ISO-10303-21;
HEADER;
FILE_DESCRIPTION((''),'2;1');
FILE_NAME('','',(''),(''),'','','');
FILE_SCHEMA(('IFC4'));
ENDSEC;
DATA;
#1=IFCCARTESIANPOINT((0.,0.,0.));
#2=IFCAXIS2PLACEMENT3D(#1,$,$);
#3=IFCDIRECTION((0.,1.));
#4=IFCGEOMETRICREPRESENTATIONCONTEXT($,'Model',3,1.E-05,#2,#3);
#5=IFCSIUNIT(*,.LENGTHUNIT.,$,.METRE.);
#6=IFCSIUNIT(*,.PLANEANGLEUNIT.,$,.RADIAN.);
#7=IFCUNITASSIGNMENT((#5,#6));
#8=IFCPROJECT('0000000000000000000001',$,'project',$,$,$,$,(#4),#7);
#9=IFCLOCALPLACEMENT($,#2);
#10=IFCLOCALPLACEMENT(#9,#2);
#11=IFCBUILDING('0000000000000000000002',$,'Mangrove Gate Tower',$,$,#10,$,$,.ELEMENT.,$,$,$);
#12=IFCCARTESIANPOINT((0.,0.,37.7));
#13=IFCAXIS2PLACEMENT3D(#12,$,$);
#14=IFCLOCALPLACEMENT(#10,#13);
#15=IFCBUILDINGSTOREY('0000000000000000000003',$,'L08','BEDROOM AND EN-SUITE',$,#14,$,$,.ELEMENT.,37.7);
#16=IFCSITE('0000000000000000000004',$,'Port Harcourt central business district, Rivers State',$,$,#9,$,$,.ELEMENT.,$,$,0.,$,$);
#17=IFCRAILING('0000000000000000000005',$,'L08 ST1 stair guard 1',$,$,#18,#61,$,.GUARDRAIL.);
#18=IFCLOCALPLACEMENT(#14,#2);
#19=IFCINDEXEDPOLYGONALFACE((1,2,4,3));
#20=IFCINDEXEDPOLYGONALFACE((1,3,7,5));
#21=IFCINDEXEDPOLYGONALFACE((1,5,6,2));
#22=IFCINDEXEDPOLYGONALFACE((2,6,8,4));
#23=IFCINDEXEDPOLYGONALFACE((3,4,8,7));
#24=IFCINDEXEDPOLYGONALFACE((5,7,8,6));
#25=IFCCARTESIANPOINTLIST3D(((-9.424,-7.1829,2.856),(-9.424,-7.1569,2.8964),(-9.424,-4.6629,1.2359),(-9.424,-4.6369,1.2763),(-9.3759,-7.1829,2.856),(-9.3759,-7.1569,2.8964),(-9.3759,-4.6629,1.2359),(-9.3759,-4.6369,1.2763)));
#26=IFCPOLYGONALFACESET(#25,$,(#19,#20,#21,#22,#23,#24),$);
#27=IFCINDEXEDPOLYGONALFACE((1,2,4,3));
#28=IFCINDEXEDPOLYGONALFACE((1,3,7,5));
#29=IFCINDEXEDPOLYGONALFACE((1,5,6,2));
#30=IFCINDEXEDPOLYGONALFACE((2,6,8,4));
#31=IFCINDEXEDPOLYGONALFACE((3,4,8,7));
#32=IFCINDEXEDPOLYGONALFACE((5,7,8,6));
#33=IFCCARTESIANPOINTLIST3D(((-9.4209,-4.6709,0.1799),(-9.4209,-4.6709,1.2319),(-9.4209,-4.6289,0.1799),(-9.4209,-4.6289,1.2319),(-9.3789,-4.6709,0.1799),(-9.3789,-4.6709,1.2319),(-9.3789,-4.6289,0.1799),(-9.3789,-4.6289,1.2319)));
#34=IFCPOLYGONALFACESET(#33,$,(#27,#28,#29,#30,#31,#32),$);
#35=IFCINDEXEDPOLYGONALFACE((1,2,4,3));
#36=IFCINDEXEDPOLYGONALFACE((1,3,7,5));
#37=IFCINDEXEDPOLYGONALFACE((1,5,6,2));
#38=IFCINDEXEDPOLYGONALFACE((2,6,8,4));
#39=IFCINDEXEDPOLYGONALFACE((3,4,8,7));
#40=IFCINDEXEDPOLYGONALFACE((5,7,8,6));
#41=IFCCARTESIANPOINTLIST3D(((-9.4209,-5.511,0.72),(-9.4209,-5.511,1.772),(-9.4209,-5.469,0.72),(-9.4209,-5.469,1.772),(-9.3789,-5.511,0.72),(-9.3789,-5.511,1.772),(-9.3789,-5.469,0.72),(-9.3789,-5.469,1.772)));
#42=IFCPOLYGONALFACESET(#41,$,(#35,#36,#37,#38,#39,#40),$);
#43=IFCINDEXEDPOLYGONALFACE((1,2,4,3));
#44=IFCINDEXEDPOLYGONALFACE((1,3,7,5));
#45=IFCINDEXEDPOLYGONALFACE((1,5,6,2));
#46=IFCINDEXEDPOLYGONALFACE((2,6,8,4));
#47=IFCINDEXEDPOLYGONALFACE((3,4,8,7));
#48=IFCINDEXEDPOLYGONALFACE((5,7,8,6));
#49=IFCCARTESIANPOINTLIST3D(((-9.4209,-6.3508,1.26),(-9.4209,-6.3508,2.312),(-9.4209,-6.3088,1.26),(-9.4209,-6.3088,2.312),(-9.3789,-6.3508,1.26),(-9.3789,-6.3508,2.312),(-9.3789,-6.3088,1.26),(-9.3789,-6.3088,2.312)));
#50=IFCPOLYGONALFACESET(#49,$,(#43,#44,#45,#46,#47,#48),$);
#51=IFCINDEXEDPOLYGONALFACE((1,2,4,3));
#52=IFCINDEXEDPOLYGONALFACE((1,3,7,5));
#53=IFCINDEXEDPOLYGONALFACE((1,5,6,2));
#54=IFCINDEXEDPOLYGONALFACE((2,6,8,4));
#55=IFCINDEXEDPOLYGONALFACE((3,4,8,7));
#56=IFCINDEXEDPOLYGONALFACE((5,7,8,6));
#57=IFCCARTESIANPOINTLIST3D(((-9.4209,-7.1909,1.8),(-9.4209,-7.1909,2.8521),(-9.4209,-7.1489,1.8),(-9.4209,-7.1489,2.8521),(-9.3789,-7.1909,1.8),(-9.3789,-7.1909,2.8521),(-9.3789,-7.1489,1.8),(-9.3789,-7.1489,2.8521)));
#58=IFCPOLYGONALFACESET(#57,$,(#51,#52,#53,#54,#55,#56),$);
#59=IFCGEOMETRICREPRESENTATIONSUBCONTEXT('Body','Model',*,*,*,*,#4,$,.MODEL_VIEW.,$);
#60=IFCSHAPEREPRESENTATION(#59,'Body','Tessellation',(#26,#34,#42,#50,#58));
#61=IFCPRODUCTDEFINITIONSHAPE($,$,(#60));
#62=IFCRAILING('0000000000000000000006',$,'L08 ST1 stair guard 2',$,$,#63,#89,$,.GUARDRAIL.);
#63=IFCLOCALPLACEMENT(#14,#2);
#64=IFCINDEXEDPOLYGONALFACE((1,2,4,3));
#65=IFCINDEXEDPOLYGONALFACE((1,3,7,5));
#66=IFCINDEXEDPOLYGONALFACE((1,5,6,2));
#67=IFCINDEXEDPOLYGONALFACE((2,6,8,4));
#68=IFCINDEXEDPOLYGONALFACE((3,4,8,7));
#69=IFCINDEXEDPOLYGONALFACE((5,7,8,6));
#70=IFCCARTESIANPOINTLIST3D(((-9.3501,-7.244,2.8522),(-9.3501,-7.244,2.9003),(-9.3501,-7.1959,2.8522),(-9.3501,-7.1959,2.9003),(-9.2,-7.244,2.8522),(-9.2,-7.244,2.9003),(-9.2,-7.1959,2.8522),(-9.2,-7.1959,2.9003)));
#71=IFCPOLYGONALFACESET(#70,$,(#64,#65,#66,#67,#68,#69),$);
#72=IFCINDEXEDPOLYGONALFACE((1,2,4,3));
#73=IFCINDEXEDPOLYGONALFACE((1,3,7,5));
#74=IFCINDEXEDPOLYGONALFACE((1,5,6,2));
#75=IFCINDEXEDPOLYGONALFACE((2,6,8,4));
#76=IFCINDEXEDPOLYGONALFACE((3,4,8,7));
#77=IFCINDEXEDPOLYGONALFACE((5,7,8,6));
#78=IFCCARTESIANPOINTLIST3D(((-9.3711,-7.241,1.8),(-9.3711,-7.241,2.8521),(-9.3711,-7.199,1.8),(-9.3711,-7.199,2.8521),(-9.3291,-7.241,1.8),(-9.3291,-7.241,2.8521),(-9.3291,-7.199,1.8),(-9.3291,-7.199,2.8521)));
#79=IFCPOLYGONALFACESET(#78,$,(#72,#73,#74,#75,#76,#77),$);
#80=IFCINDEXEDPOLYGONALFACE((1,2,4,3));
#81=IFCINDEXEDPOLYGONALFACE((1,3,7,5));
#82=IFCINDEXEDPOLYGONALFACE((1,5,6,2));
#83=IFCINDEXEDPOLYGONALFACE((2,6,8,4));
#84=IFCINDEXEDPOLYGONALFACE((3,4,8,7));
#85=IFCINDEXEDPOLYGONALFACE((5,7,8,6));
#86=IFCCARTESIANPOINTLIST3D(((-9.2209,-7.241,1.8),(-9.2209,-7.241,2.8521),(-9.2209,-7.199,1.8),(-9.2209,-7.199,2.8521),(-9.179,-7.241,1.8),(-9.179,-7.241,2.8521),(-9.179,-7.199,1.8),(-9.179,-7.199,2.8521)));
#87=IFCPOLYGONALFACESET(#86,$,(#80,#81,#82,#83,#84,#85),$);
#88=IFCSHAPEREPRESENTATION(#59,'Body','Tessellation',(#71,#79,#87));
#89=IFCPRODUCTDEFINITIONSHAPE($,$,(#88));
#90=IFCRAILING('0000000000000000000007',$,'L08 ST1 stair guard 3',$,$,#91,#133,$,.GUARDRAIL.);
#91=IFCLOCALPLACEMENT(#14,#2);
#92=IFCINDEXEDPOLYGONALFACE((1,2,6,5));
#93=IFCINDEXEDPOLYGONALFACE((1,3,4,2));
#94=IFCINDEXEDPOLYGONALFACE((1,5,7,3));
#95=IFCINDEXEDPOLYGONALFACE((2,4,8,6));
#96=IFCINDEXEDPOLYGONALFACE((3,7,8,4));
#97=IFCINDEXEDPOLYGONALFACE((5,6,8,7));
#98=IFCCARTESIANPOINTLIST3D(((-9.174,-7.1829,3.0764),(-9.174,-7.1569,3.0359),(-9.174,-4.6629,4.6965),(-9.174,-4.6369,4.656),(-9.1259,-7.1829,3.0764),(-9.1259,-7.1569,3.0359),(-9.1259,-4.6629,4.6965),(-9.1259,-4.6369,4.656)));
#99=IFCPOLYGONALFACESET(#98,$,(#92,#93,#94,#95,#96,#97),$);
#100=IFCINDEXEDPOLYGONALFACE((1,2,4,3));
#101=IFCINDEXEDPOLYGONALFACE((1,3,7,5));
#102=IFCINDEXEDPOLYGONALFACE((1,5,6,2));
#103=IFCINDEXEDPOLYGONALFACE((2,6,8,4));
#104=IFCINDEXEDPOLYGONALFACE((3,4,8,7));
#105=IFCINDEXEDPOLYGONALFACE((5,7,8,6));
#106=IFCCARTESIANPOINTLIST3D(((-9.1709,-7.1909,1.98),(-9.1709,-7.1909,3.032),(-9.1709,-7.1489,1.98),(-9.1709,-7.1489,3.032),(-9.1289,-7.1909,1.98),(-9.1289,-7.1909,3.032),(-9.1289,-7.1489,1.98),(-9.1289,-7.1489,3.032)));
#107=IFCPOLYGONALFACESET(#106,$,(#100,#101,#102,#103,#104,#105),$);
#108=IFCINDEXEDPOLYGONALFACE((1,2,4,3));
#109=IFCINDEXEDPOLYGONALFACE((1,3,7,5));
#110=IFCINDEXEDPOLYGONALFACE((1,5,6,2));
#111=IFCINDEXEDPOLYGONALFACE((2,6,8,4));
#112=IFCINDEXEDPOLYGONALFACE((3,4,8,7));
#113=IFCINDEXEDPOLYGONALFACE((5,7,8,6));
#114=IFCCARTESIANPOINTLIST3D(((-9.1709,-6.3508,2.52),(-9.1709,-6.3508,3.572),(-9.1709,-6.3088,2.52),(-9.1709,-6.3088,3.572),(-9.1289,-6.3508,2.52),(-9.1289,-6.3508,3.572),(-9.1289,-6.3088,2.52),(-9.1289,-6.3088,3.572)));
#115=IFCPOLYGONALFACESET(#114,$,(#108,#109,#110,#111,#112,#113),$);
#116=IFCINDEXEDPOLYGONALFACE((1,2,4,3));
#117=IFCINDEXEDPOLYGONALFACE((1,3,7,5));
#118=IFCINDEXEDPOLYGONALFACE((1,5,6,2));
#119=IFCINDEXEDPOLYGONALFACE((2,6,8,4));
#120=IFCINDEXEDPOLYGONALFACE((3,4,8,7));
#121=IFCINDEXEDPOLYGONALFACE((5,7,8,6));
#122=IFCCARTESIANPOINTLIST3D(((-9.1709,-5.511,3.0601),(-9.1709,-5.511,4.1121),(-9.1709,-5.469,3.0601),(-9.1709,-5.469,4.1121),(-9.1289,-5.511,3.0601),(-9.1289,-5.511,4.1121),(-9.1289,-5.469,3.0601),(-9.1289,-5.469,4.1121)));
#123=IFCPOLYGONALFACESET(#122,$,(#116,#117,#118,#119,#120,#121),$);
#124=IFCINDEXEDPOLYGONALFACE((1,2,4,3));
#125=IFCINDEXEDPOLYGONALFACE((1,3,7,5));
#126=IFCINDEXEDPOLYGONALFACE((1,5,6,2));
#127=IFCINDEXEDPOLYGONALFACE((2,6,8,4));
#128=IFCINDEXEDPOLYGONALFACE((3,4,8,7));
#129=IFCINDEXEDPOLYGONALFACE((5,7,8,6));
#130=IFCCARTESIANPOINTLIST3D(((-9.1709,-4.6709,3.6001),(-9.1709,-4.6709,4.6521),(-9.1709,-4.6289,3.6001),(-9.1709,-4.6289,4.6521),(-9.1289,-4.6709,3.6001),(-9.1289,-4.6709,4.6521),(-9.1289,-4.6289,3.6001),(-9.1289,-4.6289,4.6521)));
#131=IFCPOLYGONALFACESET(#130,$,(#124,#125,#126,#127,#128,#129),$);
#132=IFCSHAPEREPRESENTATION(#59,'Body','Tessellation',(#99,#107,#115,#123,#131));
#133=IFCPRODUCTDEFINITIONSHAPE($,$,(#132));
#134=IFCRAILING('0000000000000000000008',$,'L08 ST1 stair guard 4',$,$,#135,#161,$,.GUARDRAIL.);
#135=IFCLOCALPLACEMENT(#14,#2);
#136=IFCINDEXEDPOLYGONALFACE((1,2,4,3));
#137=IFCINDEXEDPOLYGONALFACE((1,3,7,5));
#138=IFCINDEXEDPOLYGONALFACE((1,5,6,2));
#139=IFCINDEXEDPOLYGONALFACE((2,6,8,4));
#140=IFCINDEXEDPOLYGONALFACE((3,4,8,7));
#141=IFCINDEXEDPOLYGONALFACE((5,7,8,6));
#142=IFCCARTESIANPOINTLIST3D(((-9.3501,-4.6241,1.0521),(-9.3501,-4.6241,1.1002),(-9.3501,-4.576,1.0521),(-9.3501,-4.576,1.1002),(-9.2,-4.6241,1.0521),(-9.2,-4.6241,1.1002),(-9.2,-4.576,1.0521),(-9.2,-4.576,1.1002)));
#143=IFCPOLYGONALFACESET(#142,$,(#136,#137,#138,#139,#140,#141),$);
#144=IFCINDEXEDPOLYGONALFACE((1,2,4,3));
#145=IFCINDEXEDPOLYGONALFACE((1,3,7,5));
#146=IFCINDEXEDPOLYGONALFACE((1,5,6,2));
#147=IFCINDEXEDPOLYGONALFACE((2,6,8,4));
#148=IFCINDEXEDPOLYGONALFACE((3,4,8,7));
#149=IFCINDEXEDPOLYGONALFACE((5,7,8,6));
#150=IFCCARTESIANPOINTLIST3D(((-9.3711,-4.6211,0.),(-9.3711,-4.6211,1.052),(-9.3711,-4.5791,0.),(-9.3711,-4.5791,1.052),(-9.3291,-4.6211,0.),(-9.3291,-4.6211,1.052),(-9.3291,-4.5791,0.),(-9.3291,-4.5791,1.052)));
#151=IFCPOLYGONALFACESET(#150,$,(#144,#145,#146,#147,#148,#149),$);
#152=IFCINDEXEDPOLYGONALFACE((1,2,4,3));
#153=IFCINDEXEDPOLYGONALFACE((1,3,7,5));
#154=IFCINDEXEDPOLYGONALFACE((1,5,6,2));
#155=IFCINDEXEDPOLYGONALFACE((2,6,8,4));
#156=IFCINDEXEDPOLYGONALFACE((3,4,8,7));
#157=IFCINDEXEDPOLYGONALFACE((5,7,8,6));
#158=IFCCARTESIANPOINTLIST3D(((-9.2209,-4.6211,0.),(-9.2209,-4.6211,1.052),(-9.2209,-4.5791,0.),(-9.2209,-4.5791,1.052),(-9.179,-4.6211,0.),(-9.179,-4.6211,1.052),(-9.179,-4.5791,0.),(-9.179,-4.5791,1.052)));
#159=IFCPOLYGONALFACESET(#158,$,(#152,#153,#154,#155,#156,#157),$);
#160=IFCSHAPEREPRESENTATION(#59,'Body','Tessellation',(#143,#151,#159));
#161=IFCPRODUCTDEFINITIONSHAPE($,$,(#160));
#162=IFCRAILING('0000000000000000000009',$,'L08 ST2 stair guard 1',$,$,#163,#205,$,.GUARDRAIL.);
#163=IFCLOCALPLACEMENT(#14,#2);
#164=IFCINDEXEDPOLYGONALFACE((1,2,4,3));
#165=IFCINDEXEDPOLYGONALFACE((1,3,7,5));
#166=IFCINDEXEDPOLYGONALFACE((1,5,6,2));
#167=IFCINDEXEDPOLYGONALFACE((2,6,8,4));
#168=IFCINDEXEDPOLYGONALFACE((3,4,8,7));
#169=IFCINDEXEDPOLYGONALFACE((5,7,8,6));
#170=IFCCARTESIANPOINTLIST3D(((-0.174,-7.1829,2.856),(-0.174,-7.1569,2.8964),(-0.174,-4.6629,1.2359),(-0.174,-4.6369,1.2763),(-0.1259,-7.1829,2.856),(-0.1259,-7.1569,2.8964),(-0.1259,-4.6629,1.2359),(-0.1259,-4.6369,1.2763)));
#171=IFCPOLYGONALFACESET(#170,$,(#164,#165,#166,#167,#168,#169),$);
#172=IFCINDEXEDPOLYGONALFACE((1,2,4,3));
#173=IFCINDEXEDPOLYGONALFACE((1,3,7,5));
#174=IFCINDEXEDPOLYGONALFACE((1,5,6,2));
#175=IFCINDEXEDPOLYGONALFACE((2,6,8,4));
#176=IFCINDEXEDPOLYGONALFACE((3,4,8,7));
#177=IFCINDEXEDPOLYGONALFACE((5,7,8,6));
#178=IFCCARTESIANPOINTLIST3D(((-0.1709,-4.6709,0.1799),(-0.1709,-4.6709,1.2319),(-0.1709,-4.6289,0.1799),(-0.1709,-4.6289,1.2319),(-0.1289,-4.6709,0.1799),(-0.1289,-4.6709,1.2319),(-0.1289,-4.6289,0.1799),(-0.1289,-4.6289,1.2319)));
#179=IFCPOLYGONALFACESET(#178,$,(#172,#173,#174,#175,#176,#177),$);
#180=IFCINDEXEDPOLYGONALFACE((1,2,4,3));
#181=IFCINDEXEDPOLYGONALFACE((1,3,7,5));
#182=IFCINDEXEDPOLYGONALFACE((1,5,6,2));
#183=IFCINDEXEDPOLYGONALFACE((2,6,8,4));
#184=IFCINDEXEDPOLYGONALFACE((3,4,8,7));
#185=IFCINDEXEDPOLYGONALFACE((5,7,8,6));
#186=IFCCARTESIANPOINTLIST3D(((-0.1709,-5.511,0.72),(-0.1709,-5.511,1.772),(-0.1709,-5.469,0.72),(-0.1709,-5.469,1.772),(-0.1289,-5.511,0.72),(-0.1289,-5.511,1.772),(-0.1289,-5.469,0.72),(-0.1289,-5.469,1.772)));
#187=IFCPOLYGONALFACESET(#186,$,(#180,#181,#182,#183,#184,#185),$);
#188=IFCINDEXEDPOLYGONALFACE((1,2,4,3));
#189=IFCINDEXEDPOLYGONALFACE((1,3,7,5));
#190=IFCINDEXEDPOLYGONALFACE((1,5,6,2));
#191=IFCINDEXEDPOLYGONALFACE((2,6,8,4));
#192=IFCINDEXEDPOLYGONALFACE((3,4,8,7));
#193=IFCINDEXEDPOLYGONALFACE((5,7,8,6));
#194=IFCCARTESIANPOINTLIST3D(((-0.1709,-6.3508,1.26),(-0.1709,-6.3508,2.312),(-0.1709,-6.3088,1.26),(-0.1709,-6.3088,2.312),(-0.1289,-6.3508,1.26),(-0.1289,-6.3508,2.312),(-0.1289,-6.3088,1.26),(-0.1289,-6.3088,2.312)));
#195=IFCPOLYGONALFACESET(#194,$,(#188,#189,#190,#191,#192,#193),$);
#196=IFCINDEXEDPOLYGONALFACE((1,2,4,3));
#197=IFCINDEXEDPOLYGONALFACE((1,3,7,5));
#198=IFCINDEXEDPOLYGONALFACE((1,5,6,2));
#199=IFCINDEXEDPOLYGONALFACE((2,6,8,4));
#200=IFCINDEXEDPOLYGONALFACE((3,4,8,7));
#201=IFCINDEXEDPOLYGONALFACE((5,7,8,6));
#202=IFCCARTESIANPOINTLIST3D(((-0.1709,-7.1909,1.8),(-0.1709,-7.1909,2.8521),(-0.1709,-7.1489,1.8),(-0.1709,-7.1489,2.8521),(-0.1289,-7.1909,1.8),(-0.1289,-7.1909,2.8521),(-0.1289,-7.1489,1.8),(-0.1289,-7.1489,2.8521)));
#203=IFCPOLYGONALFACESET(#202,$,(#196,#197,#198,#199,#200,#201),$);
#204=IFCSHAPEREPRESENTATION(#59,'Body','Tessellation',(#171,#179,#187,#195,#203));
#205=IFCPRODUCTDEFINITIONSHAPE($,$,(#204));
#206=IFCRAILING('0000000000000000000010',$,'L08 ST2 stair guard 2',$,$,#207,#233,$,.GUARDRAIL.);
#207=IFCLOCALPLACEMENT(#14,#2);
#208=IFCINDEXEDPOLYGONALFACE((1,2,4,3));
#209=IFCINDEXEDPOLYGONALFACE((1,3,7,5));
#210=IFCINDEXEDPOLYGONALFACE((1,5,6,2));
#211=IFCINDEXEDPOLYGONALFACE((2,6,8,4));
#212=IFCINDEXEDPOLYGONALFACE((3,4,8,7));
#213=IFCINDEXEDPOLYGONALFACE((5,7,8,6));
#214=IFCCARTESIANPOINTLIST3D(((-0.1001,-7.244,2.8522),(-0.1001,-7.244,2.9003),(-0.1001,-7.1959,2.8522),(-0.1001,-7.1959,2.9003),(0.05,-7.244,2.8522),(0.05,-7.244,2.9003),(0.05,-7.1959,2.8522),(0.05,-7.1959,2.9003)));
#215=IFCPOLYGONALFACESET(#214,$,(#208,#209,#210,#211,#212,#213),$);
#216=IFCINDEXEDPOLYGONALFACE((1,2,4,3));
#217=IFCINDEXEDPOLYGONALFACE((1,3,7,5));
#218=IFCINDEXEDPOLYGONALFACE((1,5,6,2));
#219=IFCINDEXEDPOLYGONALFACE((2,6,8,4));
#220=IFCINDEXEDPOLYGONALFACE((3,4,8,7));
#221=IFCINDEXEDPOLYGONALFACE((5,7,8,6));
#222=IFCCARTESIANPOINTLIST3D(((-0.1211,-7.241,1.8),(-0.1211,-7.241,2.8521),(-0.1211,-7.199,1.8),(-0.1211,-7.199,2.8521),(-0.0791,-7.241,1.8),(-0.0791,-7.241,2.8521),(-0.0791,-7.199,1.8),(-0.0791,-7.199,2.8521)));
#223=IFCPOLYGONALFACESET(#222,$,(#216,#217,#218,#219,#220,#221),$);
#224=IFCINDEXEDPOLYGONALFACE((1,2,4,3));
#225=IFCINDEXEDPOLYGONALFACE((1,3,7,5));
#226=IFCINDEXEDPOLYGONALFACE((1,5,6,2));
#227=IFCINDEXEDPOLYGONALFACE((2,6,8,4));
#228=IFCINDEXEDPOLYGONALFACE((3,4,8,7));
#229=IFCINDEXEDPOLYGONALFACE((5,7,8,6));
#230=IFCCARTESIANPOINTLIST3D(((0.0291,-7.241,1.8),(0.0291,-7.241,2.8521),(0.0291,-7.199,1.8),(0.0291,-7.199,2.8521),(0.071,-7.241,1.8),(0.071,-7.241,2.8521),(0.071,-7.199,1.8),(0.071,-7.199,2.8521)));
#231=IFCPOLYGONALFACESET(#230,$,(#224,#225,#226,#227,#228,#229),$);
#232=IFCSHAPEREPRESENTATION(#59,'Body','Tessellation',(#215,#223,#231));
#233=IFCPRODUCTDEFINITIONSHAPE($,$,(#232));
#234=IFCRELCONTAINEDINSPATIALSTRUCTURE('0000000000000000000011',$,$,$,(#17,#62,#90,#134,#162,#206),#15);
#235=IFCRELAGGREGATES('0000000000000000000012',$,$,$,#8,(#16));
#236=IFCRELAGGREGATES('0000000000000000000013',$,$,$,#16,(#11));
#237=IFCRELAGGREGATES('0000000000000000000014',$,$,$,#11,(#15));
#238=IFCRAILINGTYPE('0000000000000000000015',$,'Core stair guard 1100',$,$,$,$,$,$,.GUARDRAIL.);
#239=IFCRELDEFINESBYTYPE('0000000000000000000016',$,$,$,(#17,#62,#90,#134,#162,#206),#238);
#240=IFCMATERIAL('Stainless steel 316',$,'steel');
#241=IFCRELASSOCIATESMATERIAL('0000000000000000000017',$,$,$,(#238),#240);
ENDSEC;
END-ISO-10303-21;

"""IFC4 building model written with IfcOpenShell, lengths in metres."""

from ifc_helpers import new_model, si_unit, direction, frame, origin, origin_2d, place, context, subcontext, project, spatial, rectangle, extrude, material, type_object, element, save


model = new_model("IFC4")

# Units and contexts
model_context = context("Model", 3, precision=1e-05, world=origin(), true_north=direction((0.0, 1.0)))
body_context = subcontext(model_context, "Body", "Model", "MODEL_VIEW")
ifc_project = project(units=[si_unit("LENGTHUNIT", "METRE"), si_unit("PLANEANGLEUNIT", "RADIAN")], contexts=[model_context])

# Site, building, storey
site_placement = place(None, origin())
site = spatial("IfcSite", under=ifc_project, at=site_placement, Name="Port Harcourt central business district, Rivers State", CompositionType="ELEMENT", RefElevation=0.0)
building_placement = place(site_placement, origin())
building = spatial("IfcBuilding", under=site, at=building_placement, Name="Mangrove Gate Tower", CompositionType="ELEMENT")
storey_placement = place(building_placement, frame((0.0, 0.0, 37.7)))
storey = spatial("IfcBuildingStorey", under=building, at=storey_placement, Name="L08", Description="BEDROOM AND EN-SUITE", CompositionType="ELEMENT", Elevation=37.7)

# Railings
ifc_material_1 = material(Name="Stainless steel 316", Category="steel")
railing_type_1 = type_object("IfcRailingType", Name="Core stair guard 1100", PredefinedType="GUARDRAIL", material=ifc_material_1)
railing_1_placement = place(storey_placement, frame((-9.3999, -4.6499, 0.1799)))
element("IfcRailing", 1, at=railing_1_placement, inside=storey, type_object=railing_type_1, Name="L08 ST1 stair guard 1", PredefinedType="GUARDRAIL", context=body_context, shape_type="SweptSolid", body=[
    extrude(rectangle(XDim=0.0481, YDim=0.0481, at=origin_2d()), frame((0.0, 0.0, 1.0762), z_axis=(0.0, -0.841163, 0.540782), x_axis=(1.0, 0.0, 0.0)), (0.0, 0.0, 1.0), 2.9958),
    extrude(rectangle(XDim=0.042, YDim=0.042, at=origin_2d()), origin(), (0.0, 0.0, 1.0), 1.052),
    extrude(rectangle(XDim=0.042, YDim=0.042, at=origin_2d()), frame((0.0, -0.8401, 0.54)), (0.0, 0.0, 1.0), 1.052),
    extrude(rectangle(XDim=0.042, YDim=0.042, at=origin_2d()), frame((0.0, -1.6799, 1.0801)), (0.0, 0.0, 1.0), 1.052),
    extrude(rectangle(XDim=0.042, YDim=0.042, at=origin_2d()), frame((0.0, -2.52, 1.6201)), (0.0, 0.0, 1.0), 1.052),
])
railing_2_placement = place(storey_placement, frame((-9.3501, -7.22, 1.8)))
element("IfcRailing", 2, at=railing_2_placement, inside=storey, type_object=railing_type_1, Name="L08 ST1 stair guard 2", PredefinedType="GUARDRAIL", context=body_context, shape_type="SweptSolid", body=[
    extrude(rectangle(XDim=0.0481, YDim=0.0481, at=origin_2d()), frame((0.0, 0.0, 1.0762), z_axis=(1.0, 0.0, 0.0), x_axis=(0.0, 1.0, 0.0)), (0.0, 0.0, 1.0), 0.1501),
    extrude(rectangle(XDim=0.042, YDim=0.042, at=origin_2d()), origin(), (0.0, 0.0, 1.0), 1.052),
    extrude(rectangle(XDim=0.042, YDim=0.042, at=origin_2d()), frame((0.1501, 0.0, 0.0)), (0.0, 0.0, 1.0), 1.052),
])
railing_3_placement = place(storey_placement, frame((-9.1499, -7.1699, 1.98)))
element("IfcRailing", 3, at=railing_3_placement, inside=storey, type_object=railing_type_1, Name="L08 ST1 stair guard 3", PredefinedType="GUARDRAIL", context=body_context, shape_type="SweptSolid", body=[
    extrude(rectangle(XDim=0.0481, YDim=0.0481, at=origin_2d()), frame((0.0, 0.0, 1.0762), z_axis=(0.0, 0.841163, 0.540782), x_axis=(-1.0, 0.0, 0.0)), (0.0, 0.0, 1.0), 2.9958),
    extrude(rectangle(XDim=0.042, YDim=0.042, at=origin_2d()), origin(), (0.0, 0.0, 1.0), 1.052),
    extrude(rectangle(XDim=0.042, YDim=0.042, at=origin_2d()), frame((0.0, 0.8401, 0.54)), (0.0, 0.0, 1.0), 1.052),
    extrude(rectangle(XDim=0.042, YDim=0.042, at=origin_2d()), frame((0.0, 1.6799, 1.0801)), (0.0, 0.0, 1.0), 1.052),
    extrude(rectangle(XDim=0.042, YDim=0.042, at=origin_2d()), frame((0.0, 2.52, 1.6201)), (0.0, 0.0, 1.0), 1.052),
])
railing_4_placement = place(storey_placement, frame((-9.3501, -4.6001, 0.0)))
element("IfcRailing", 4, at=railing_4_placement, inside=storey, type_object=railing_type_1, Name="L08 ST1 stair guard 4", PredefinedType="GUARDRAIL", context=body_context, shape_type="SweptSolid", body=[
    extrude(rectangle(XDim=0.0481, YDim=0.0481, at=origin_2d()), frame((0.0, 0.0, 1.0762), z_axis=(1.0, 0.0, 0.0), x_axis=(0.0, 1.0, 0.0)), (0.0, 0.0, 1.0), 0.1501),
    extrude(rectangle(XDim=0.042, YDim=0.042, at=origin_2d()), origin(), (0.0, 0.0, 1.0), 1.052),
    extrude(rectangle(XDim=0.042, YDim=0.042, at=origin_2d()), frame((0.1501, 0.0, 0.0)), (0.0, 0.0, 1.0), 1.052),
])
railing_5_placement = place(storey_placement, frame((-0.1499, -4.6499, 0.1799)))
element("IfcRailing", 5, at=railing_5_placement, inside=storey, type_object=railing_type_1, Name="L08 ST2 stair guard 1", PredefinedType="GUARDRAIL", context=body_context, shape_type="SweptSolid", body=[
    extrude(rectangle(XDim=0.0481, YDim=0.0481, at=origin_2d()), frame((0.0, 0.0, 1.0762), z_axis=(0.0, -0.841163, 0.540782), x_axis=(1.0, 0.0, 0.0)), (0.0, 0.0, 1.0), 2.9958),
    extrude(rectangle(XDim=0.042, YDim=0.042, at=origin_2d()), origin(), (0.0, 0.0, 1.0), 1.052),
    extrude(rectangle(XDim=0.042, YDim=0.042, at=origin_2d()), frame((0.0, -0.8401, 0.54)), (0.0, 0.0, 1.0), 1.052),
    extrude(rectangle(XDim=0.042, YDim=0.042, at=origin_2d()), frame((0.0, -1.6799, 1.0801)), (0.0, 0.0, 1.0), 1.052),
    extrude(rectangle(XDim=0.042, YDim=0.042, at=origin_2d()), frame((0.0, -2.52, 1.6201)), (0.0, 0.0, 1.0), 1.052),
])
railing_6_placement = place(storey_placement, frame((-0.1001, -7.22, 1.8)))
element("IfcRailing", 6, at=railing_6_placement, inside=storey, type_object=railing_type_1, Name="L08 ST2 stair guard 2", PredefinedType="GUARDRAIL", context=body_context, shape_type="SweptSolid", body=[
    extrude(rectangle(XDim=0.0481, YDim=0.0481, at=origin_2d()), frame((0.0, 0.0, 1.0762), z_axis=(1.0, 0.0, 0.0), x_axis=(0.0, 1.0, 0.0)), (0.0, 0.0, 1.0), 0.1501),
    extrude(rectangle(XDim=0.042, YDim=0.042, at=origin_2d()), origin(), (0.0, 0.0, 1.0), 1.052),
    extrude(rectangle(XDim=0.042, YDim=0.042, at=origin_2d()), frame((0.1501, 0.0, 0.0)), (0.0, 0.0, 1.0), 1.052),
])

save(model, "model.ifc")
